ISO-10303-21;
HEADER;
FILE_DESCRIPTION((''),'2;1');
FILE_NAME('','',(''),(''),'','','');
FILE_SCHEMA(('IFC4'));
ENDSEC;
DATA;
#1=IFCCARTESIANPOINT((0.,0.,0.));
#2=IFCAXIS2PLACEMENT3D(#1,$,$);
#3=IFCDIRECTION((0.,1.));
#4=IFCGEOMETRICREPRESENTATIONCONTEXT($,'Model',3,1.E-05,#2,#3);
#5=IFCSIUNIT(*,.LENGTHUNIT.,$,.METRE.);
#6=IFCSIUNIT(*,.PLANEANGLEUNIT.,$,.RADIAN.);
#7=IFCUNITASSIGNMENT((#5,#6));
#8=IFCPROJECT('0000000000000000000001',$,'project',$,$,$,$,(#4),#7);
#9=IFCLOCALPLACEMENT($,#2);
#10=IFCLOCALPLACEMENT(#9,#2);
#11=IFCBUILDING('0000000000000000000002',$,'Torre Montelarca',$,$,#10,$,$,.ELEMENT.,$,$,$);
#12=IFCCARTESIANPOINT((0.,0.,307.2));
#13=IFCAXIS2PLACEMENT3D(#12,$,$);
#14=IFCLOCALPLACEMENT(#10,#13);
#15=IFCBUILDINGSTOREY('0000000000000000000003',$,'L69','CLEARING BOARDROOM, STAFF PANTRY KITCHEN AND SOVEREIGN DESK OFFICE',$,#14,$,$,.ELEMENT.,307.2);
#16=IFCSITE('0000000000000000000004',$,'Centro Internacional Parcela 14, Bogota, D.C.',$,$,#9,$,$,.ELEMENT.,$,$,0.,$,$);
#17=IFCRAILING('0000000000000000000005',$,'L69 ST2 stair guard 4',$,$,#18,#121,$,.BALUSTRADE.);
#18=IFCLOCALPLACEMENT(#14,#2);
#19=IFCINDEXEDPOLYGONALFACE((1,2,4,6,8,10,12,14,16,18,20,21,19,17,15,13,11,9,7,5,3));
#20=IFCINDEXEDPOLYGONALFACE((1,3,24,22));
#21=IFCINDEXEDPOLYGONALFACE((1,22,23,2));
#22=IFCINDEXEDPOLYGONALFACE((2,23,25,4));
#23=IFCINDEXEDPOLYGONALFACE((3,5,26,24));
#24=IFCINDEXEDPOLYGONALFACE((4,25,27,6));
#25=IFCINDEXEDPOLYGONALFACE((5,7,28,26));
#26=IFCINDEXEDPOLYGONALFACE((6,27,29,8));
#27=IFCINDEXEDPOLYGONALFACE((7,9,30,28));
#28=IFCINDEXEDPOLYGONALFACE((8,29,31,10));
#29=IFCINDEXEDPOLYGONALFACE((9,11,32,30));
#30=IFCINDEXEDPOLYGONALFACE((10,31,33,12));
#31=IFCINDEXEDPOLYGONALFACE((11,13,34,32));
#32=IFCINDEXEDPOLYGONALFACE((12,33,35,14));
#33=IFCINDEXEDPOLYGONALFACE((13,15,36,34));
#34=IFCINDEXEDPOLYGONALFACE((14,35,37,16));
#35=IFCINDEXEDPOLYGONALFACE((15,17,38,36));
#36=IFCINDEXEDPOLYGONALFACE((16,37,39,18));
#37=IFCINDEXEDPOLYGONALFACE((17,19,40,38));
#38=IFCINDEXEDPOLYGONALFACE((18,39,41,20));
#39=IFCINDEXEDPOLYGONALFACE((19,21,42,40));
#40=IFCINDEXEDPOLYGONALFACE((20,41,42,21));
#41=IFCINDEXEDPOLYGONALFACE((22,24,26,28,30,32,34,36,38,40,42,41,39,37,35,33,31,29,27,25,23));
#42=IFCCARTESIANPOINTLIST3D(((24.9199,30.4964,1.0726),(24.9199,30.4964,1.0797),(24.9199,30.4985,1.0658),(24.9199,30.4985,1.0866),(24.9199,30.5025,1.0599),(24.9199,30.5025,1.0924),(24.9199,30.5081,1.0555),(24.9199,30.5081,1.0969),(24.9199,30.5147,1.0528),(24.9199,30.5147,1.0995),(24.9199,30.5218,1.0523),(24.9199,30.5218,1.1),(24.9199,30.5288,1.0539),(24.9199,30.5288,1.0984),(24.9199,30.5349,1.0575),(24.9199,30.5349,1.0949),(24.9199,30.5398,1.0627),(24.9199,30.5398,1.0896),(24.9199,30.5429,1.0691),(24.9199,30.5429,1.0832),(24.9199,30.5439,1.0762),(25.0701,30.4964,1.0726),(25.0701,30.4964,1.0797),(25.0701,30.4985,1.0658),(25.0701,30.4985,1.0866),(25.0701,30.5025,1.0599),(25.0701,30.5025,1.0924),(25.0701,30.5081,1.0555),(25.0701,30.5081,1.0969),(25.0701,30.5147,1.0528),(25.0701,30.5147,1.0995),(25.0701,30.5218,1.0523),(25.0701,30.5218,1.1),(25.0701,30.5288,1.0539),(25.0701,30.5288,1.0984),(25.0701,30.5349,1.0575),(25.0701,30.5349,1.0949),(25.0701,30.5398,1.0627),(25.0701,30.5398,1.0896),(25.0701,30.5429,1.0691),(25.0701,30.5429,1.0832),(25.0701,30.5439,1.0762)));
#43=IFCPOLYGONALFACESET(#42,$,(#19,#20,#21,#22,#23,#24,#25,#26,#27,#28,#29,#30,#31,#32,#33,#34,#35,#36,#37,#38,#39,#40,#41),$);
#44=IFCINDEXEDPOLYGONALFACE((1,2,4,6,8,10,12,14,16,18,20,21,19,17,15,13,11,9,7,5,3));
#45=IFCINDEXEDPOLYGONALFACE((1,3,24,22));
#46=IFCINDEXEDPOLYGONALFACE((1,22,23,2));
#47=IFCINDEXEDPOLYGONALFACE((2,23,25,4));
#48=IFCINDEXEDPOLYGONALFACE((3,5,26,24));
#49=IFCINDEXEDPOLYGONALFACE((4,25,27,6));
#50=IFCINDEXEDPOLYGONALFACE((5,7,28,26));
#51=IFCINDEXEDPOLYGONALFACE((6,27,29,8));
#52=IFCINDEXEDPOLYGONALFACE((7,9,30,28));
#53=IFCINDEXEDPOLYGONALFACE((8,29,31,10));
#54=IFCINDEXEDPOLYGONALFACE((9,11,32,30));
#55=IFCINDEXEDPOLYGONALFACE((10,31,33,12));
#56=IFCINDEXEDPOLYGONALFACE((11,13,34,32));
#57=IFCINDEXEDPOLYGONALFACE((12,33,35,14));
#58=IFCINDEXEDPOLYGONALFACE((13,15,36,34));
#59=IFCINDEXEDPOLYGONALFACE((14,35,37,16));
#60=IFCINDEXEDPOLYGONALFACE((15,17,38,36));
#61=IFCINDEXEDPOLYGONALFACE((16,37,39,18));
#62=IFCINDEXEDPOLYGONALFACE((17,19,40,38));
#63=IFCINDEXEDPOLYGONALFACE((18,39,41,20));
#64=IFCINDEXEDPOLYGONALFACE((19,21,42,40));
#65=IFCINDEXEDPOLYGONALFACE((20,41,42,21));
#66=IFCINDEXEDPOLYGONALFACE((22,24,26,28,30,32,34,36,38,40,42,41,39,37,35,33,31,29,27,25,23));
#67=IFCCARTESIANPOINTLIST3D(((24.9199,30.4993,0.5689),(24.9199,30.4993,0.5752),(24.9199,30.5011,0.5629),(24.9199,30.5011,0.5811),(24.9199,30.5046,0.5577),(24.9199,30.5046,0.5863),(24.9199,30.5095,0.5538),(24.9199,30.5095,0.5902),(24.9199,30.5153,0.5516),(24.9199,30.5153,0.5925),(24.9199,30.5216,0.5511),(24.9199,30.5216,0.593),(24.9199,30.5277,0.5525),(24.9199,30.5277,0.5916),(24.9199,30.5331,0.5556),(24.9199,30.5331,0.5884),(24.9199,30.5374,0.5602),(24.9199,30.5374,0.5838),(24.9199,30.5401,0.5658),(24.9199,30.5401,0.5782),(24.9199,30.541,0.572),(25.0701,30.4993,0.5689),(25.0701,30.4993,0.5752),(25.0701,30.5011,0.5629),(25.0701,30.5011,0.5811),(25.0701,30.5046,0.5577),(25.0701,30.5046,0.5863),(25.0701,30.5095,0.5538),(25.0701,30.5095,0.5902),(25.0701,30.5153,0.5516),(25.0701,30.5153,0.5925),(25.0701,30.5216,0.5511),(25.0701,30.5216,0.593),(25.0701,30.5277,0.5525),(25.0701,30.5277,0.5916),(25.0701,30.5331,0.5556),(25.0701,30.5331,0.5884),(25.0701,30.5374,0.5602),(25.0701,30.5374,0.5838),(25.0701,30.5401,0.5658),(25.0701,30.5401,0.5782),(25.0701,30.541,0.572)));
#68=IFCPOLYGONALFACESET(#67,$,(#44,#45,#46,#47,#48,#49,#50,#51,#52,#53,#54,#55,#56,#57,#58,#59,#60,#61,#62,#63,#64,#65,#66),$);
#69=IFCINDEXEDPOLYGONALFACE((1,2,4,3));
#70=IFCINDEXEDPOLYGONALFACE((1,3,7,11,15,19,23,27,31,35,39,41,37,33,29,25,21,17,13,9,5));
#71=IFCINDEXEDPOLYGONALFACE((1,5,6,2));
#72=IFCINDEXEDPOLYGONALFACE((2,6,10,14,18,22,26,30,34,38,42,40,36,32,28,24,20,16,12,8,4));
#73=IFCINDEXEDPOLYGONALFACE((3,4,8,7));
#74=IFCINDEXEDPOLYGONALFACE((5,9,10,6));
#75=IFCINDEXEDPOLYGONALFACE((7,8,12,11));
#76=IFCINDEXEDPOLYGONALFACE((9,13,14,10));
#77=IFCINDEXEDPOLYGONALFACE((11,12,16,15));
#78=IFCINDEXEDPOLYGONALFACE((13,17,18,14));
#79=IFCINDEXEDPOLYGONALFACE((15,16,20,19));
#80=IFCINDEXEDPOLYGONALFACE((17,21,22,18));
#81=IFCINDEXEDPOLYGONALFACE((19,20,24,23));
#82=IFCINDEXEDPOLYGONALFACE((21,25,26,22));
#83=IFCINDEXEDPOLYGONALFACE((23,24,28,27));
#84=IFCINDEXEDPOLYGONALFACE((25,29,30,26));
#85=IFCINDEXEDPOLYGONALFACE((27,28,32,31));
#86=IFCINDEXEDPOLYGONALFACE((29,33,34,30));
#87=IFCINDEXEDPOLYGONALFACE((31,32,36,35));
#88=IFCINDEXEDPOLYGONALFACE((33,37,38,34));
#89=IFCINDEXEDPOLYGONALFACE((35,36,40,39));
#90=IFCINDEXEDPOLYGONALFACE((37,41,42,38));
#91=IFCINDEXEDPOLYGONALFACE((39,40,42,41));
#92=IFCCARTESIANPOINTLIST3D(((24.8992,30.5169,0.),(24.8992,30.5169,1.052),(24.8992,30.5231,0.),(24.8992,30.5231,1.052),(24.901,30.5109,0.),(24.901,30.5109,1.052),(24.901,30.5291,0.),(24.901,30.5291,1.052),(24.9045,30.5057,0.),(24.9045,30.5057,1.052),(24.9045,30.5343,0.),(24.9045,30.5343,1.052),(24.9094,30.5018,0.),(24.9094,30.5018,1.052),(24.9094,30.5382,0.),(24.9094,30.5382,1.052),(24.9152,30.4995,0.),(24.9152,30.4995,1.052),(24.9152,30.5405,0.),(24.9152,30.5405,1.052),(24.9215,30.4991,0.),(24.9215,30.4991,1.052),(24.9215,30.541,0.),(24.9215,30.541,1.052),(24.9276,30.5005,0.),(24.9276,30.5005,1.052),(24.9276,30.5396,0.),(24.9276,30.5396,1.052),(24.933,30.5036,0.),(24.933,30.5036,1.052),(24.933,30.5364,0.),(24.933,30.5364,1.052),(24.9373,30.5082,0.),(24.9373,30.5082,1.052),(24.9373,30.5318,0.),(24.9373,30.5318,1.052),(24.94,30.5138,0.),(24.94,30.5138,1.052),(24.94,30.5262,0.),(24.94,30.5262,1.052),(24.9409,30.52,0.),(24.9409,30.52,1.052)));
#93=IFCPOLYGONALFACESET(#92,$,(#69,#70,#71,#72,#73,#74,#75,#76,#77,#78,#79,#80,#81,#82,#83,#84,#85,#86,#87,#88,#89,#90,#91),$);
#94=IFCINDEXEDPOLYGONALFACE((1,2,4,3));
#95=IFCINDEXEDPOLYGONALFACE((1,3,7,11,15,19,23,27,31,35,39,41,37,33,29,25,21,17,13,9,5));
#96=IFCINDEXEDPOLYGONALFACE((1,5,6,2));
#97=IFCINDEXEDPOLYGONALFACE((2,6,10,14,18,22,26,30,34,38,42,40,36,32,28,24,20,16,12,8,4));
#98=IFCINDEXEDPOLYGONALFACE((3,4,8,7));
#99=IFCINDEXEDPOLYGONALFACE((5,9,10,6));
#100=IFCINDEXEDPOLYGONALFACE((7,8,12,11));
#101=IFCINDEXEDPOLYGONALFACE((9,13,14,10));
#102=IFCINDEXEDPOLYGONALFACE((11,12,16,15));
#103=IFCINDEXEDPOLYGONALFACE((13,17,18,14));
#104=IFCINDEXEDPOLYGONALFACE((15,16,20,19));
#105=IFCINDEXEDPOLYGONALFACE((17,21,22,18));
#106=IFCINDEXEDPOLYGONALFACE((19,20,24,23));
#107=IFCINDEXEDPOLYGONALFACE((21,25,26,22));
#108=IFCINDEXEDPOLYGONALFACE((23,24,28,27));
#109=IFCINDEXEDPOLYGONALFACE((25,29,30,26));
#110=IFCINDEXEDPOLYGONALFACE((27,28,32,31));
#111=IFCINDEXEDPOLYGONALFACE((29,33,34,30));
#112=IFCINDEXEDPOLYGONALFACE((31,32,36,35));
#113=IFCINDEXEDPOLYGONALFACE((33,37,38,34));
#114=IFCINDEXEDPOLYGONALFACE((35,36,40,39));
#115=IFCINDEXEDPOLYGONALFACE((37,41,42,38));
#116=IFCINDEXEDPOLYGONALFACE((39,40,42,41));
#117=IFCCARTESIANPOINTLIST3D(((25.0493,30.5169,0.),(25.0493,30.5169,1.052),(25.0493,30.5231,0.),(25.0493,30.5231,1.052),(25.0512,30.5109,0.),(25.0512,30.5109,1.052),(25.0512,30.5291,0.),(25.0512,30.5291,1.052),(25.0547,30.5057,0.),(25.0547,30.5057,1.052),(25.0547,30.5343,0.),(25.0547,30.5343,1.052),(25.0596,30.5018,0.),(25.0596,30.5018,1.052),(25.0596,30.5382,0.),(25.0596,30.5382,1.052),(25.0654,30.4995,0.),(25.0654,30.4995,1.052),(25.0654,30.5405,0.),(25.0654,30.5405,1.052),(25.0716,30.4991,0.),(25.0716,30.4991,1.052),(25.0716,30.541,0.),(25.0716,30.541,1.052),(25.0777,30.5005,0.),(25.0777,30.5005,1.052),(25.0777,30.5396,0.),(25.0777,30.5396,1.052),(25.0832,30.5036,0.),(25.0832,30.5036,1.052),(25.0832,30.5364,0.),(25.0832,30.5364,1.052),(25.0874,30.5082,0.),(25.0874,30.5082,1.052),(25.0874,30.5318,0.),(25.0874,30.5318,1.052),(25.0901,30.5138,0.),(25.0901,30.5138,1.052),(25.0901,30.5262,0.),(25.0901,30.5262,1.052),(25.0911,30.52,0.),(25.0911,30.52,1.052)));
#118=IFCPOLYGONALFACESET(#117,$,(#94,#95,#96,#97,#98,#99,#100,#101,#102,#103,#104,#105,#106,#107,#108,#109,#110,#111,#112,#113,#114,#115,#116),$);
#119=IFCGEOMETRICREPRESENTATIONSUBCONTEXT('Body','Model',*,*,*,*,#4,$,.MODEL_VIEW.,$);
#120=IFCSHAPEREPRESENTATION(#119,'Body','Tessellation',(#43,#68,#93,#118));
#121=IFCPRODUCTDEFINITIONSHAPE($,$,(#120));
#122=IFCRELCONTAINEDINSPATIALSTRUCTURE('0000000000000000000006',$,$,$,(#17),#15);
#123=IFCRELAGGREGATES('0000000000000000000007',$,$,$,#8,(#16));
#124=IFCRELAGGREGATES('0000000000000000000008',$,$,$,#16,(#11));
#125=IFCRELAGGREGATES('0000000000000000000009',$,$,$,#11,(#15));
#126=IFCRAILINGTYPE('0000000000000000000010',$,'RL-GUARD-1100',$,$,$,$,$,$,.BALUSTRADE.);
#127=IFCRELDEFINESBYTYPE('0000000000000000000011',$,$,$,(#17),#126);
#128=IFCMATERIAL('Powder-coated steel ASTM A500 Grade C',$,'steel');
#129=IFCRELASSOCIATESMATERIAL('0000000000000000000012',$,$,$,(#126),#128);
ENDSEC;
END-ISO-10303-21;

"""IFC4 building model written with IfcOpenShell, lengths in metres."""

from ifc_helpers import new_model, si_unit, direction, frame, origin, origin_2d, place, context, subcontext, project, spatial, circle, extrude, material, type_object, element, save


model = new_model("IFC4")

# Units and contexts
model_context = context("Model", 3, precision=1e-05, world=origin(), true_north=direction((0.0, 1.0)))
body_context = subcontext(model_context, "Body", "Model", "MODEL_VIEW")
ifc_project = project(units=[si_unit("LENGTHUNIT", "METRE"), si_unit("PLANEANGLEUNIT", "RADIAN")], contexts=[model_context])

# Site, building, storey
site_placement = place(None, origin())
site = spatial("IfcSite", under=ifc_project, at=site_placement, Name="Centro Internacional Parcela 14, Bogota, D.C.", CompositionType="ELEMENT", RefElevation=0.0)
building_placement = place(site_placement, origin())
building = spatial("IfcBuilding", under=site, at=building_placement, Name="Torre Montelarca", CompositionType="ELEMENT")
storey_placement = place(building_placement, frame((0.0, 0.0, 307.2)))
storey = spatial("IfcBuildingStorey", under=building, at=storey_placement, Name="L69", Description="CLEARING BOARDROOM, STAFF PANTRY KITCHEN AND SOVEREIGN DESK OFFICE", CompositionType="ELEMENT", Elevation=307.2)

# Railing
ifc_material_1 = material(Name="Powder-coated steel ASTM A500 Grade C", Category="steel")
railing_type_1 = type_object("IfcRailingType", Name="RL-GUARD-1100", PredefinedType="BALUSTRADE", material=ifc_material_1)
railing_1_placement = place(storey_placement, frame((24.9199, 30.52, 0.0)))
element("IfcRailing", 1, at=railing_1_placement, inside=storey, type_object=railing_type_1, Name="L69 ST2 stair guard 4", PredefinedType="BALUSTRADE", context=body_context, shape_type="SweptSolid", body=[
    extrude(circle(Radius=0.0239, at=origin_2d()), frame((0.0, 0.0, 1.0762), z_axis=(1.0, 0.0, 0.0), x_axis=(0.0, 1.0, 0.0)), (0.0, 0.0, 1.0), 0.1501),
    extrude(circle(Radius=0.021, at=origin_2d()), frame((0.0, 0.0, 0.572), z_axis=(1.0, 0.0, 0.0), x_axis=(0.0, 1.0, 0.0)), (0.0, 0.0, 1.0), 0.1501),
    extrude(circle(Radius=0.021, at=origin_2d()), origin(), (0.0, 0.0, 1.0), 1.052),
    extrude(circle(Radius=0.021, at=origin_2d()), frame((0.1501, 0.0, 0.0)), (0.0, 0.0, 1.0), 1.052),
])

save(model, "model.ifc")
